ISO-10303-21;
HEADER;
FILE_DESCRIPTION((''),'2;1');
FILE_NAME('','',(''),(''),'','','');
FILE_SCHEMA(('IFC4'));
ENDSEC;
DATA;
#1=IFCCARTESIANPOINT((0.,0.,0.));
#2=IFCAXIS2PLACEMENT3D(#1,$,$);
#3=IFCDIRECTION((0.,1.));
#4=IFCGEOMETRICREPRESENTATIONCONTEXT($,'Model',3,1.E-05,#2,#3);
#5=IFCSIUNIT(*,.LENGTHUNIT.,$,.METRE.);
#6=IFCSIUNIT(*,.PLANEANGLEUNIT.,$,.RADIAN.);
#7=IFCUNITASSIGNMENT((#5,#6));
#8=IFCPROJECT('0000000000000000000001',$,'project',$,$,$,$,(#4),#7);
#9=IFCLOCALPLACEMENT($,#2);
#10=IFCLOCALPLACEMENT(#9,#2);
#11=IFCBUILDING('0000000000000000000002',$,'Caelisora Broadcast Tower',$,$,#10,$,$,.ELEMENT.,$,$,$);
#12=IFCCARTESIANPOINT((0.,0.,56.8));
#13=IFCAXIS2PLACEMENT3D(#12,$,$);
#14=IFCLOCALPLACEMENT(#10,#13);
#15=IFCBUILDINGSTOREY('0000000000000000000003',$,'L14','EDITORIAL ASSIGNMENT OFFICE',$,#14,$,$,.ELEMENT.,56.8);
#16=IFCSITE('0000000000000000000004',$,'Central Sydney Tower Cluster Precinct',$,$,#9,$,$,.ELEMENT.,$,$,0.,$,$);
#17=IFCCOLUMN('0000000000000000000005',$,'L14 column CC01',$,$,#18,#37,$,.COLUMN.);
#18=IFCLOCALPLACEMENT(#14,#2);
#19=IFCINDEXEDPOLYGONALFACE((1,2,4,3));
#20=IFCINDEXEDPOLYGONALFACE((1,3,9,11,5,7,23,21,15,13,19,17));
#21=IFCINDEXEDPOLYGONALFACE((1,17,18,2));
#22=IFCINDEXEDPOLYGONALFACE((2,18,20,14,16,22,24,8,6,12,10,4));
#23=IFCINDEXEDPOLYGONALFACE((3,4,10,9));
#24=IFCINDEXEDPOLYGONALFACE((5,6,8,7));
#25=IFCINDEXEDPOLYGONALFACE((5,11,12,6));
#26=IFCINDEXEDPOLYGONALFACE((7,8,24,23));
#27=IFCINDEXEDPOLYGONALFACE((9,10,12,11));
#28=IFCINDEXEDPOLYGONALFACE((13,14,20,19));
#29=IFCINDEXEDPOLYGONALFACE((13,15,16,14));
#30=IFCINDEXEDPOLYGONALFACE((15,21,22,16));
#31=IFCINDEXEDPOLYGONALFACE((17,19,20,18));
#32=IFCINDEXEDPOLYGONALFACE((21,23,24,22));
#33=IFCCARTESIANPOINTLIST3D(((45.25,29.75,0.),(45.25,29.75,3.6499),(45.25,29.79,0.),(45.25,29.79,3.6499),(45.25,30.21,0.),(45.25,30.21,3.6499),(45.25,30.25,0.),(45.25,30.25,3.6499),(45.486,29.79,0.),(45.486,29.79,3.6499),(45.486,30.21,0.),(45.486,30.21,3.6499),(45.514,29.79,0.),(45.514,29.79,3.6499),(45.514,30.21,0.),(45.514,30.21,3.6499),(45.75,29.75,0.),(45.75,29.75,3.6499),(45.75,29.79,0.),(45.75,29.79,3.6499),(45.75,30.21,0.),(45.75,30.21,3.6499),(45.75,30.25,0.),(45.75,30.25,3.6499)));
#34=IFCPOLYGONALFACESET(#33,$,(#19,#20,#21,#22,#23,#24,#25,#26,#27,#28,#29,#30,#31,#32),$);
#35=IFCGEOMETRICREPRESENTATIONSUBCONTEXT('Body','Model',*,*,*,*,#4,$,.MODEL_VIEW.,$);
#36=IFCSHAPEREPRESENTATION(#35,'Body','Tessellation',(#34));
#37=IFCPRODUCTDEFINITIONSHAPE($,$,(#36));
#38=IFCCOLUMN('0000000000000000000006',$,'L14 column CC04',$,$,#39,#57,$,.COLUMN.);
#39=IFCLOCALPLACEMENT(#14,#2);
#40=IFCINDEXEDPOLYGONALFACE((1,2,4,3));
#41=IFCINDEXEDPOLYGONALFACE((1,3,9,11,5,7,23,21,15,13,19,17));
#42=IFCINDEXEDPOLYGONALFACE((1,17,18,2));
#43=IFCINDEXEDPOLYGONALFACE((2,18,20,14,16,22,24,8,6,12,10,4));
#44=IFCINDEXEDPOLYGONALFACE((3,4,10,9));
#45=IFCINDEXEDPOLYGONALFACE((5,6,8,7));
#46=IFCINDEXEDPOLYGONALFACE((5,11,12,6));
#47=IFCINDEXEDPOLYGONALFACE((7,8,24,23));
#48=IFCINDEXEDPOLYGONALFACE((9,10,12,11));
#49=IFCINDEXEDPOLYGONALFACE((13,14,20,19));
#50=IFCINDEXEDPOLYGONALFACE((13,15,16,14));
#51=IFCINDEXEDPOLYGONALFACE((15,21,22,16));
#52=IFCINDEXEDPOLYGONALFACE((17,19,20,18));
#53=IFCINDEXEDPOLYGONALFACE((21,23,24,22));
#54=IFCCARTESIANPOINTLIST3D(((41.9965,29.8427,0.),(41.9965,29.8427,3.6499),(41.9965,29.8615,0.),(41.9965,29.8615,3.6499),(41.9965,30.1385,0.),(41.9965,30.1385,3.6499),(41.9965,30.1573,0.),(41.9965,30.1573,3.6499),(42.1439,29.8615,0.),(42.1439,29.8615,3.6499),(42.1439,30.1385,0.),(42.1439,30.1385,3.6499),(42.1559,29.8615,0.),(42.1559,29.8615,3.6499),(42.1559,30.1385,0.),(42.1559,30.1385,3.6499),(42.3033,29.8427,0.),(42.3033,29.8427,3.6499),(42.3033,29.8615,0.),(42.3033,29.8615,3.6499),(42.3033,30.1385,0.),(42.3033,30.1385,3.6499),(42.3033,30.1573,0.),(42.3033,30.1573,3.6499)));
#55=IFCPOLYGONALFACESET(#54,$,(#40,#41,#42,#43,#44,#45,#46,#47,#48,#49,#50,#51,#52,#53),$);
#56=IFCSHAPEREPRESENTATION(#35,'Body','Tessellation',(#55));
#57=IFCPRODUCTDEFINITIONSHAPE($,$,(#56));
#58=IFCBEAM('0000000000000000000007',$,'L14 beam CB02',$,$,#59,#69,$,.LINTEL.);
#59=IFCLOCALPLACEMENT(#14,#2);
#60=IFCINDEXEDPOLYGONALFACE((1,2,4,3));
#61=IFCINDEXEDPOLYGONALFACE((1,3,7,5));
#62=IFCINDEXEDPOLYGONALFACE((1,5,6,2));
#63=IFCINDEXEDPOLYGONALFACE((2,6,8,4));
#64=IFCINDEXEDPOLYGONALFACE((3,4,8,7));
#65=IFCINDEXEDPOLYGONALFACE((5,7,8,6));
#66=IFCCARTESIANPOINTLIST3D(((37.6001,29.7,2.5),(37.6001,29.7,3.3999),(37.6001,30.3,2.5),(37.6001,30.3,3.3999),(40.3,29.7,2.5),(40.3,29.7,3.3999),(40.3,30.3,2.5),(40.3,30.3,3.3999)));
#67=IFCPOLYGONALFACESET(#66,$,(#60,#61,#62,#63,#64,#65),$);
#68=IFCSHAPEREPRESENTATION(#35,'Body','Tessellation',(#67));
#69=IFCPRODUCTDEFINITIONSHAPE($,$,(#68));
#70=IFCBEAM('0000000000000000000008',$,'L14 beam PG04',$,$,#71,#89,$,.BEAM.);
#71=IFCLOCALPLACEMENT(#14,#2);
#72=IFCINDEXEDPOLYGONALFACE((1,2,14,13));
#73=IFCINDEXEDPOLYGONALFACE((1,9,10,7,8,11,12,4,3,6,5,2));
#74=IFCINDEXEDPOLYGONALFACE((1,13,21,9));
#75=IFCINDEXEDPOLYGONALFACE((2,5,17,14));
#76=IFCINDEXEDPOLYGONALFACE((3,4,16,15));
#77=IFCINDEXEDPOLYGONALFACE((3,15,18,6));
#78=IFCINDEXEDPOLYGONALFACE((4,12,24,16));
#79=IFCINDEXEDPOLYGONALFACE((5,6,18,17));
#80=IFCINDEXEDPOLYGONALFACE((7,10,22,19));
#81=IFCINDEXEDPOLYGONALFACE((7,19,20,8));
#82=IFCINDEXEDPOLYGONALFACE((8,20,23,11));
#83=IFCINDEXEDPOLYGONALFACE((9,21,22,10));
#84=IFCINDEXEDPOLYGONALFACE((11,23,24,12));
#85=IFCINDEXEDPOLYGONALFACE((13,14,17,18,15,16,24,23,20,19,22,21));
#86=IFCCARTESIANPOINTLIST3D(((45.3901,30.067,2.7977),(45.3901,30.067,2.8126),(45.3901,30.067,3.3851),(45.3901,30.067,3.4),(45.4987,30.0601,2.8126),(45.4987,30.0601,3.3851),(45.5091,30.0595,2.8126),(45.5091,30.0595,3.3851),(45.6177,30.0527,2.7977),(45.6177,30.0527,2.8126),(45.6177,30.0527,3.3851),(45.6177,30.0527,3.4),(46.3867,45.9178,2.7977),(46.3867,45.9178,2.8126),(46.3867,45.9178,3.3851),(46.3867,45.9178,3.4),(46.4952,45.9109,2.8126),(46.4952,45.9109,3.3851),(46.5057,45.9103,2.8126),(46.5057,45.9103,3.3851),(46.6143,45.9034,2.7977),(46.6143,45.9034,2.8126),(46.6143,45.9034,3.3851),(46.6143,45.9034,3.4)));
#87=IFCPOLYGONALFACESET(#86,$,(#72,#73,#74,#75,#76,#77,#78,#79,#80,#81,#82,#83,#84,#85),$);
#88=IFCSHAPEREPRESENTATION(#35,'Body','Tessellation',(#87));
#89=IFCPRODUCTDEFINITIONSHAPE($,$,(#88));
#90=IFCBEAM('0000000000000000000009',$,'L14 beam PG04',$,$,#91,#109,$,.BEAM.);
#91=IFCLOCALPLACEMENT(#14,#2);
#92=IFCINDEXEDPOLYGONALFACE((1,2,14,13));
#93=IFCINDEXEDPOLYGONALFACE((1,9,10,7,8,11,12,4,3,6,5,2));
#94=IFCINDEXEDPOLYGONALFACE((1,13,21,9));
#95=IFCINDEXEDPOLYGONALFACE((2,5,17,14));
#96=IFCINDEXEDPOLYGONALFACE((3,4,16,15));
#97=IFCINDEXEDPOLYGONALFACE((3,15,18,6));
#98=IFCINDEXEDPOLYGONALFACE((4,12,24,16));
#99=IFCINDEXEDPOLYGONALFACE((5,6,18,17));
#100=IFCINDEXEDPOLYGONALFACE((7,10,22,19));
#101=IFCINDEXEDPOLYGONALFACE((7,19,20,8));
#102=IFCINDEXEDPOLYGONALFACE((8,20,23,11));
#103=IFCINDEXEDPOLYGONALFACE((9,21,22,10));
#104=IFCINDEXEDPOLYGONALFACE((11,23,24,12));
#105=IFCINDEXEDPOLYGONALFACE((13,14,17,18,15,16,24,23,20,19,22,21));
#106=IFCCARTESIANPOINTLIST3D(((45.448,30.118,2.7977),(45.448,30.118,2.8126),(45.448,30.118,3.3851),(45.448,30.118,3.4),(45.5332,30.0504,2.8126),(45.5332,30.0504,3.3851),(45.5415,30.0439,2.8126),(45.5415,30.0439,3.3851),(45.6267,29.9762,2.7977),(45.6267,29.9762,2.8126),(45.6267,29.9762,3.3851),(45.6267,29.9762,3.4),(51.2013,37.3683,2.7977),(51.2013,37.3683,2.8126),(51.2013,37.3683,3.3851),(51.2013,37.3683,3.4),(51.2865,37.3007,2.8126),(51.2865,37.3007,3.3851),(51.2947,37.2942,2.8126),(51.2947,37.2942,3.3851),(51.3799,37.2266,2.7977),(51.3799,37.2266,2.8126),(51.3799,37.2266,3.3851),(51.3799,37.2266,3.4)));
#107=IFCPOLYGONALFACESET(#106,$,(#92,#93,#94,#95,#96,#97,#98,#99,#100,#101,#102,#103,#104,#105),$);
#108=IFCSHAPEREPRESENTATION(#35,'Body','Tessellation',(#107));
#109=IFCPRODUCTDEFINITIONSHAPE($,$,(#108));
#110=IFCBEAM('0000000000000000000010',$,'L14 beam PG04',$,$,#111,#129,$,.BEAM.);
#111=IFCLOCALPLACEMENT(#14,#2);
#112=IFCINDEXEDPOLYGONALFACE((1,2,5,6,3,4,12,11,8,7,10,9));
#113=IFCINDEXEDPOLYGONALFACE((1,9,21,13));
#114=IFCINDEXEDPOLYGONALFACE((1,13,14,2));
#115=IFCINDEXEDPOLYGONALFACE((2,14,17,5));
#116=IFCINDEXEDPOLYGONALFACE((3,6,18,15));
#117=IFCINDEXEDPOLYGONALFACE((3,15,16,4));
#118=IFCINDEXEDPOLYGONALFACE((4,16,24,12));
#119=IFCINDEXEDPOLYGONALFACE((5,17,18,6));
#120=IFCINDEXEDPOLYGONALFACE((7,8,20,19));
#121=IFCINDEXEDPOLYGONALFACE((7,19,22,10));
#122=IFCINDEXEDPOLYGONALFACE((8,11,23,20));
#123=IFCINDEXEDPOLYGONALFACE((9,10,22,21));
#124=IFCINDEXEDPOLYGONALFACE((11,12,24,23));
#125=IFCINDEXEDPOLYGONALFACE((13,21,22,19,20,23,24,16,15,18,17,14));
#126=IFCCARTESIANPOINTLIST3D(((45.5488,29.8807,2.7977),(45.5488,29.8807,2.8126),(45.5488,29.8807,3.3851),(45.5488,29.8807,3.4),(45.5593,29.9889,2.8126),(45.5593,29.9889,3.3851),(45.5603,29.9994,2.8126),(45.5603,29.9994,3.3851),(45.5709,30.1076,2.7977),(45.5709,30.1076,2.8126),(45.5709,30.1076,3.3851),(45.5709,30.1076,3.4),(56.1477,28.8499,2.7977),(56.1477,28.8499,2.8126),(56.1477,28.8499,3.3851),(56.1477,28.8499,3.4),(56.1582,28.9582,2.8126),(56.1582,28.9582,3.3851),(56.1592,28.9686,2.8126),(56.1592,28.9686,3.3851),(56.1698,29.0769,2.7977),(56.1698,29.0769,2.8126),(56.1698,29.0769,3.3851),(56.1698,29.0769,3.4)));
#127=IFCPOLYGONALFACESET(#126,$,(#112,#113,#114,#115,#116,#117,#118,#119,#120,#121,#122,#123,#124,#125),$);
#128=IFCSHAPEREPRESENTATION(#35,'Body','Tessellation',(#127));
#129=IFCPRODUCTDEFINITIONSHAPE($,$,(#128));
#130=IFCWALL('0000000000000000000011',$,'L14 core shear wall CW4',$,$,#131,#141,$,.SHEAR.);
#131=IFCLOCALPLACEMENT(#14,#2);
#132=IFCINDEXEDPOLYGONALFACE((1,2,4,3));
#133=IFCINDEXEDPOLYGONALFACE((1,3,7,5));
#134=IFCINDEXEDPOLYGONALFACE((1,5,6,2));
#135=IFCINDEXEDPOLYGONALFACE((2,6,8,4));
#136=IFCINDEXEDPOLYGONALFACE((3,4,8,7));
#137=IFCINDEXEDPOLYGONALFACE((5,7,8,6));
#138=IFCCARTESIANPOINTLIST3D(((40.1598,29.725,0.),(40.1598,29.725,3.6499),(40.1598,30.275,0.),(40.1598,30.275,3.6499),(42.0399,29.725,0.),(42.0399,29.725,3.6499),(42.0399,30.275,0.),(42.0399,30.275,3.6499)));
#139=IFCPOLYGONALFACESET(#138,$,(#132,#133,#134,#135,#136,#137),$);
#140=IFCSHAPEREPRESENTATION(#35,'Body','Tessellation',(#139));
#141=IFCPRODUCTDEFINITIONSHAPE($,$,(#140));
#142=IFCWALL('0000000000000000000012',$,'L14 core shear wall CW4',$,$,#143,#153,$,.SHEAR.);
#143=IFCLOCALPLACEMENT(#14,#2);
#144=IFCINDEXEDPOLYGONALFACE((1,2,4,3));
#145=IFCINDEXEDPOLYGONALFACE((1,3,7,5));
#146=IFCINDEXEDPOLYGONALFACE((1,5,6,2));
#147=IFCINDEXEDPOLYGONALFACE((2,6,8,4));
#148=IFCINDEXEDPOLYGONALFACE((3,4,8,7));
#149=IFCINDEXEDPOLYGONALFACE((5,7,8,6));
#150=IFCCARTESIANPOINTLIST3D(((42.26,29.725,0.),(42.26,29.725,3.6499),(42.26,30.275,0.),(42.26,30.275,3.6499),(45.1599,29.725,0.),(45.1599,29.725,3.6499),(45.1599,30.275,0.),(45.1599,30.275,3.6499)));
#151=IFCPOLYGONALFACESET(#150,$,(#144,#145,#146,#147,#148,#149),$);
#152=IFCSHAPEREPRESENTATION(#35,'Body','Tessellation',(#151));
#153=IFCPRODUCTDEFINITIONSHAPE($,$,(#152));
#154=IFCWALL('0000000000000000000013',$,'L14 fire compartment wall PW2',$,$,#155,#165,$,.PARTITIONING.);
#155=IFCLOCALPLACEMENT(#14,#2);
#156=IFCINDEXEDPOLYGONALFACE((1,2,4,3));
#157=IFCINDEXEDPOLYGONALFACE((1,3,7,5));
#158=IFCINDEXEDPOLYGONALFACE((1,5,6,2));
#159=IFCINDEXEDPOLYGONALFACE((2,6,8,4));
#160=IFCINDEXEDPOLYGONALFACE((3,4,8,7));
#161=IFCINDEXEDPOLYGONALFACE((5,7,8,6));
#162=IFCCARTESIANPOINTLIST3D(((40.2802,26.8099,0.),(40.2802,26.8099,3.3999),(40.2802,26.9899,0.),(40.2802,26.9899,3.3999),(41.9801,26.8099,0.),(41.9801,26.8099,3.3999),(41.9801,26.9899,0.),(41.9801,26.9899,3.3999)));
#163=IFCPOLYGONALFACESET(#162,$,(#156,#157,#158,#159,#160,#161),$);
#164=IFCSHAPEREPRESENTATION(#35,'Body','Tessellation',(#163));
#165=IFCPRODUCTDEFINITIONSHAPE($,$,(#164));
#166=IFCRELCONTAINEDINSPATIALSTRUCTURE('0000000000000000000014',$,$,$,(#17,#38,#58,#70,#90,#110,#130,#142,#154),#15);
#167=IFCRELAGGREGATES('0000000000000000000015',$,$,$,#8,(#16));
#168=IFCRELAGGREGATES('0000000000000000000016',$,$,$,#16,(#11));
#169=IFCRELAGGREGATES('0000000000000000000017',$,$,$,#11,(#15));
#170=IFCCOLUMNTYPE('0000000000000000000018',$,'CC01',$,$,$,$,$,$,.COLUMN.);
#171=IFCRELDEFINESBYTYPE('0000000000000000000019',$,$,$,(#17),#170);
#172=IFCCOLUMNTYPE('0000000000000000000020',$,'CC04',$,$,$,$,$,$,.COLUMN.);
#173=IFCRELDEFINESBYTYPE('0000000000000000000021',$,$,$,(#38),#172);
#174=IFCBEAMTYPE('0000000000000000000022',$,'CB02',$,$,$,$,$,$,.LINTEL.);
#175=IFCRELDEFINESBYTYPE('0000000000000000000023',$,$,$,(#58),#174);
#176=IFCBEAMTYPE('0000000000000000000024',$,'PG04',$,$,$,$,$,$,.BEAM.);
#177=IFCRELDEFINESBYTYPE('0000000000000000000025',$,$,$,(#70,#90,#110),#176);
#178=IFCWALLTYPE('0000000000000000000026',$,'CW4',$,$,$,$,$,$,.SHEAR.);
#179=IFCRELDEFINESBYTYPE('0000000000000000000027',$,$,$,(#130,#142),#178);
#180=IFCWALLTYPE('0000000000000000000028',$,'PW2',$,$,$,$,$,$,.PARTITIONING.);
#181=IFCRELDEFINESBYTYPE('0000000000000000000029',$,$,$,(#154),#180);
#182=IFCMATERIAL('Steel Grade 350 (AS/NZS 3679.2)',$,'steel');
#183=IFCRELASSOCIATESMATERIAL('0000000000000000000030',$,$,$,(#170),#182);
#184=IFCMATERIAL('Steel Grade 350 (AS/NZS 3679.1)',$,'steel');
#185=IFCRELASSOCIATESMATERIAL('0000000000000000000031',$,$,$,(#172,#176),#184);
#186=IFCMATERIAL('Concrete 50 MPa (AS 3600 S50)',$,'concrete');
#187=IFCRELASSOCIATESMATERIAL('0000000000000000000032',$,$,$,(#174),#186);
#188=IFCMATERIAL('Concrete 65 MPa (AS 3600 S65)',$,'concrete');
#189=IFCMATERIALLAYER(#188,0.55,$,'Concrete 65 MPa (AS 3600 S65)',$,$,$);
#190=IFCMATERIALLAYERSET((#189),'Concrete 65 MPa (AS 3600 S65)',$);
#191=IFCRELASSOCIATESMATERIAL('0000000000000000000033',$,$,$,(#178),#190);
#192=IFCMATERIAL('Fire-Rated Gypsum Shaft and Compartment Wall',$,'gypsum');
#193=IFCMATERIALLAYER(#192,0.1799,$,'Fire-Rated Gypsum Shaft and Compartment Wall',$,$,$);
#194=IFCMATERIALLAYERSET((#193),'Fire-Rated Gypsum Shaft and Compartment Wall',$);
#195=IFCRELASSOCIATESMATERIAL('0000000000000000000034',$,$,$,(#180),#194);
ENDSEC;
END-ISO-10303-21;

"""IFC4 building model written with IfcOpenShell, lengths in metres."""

from ifc_helpers import new_model, si_unit, direction, frame, frame_2d, origin, origin_2d, place, context, subcontext, project, spatial, rectangle, i_section, extrude, source, transform, mapped, material, layer, layer_set, material_profile, profile_set, type_object, type_shapes, element, save


model = new_model("IFC4")

# Units and contexts
model_context = context("Model", 3, precision=1e-05, world=origin(), true_north=direction((0.0, 1.0)))
body_context = subcontext(model_context, "Body", "Model", "MODEL_VIEW")
ifc_project = project(units=[si_unit("LENGTHUNIT", "METRE"), si_unit("PLANEANGLEUNIT", "RADIAN")], contexts=[model_context])

# Site, building, storey
site_placement = place(None, origin())
site = spatial("IfcSite", under=ifc_project, at=site_placement, Name="Central Sydney Tower Cluster Precinct", CompositionType="ELEMENT", RefElevation=0.0)
building_placement = place(site_placement, origin())
building = spatial("IfcBuilding", under=site, at=building_placement, Name="Caelisora Broadcast Tower", CompositionType="ELEMENT")
storey_placement = place(building_placement, frame((0.0, 0.0, 56.8)))
storey = spatial("IfcBuildingStorey", under=building, at=storey_placement, Name="L14", Description="EDITORIAL ASSIGNMENT OFFICE", CompositionType="ELEMENT", Elevation=56.8)

# Columns
ifc_material_1 = material(Name="Steel Grade 350 (AS/NZS 3679.2)", Category="steel")
ifc_material_profile_1 = material_profile(ifc_material_1, i_section(OverallWidth=0.5, OverallDepth=0.5, WebThickness=0.0281, FlangeThickness=0.04, at=origin_2d()), Name="Steel Grade 350 (AS/NZS 3679.2)")
ifc_profile_set_1 = profile_set([ifc_material_profile_1], Name="Steel Grade 350 (AS/NZS 3679.2)")
column_type_1 = type_object("IfcColumnType", Name="CC01", PredefinedType="COLUMN", material=ifc_profile_set_1)
shared_shape_1 = source(origin(), body_context, "Body", "SweptSolid", [
    extrude(i_section(OverallWidth=0.5, OverallDepth=0.5, WebThickness=0.0281, FlangeThickness=0.04, at=origin_2d()), origin(), (0.0, 0.0, 1.0), 3.6499),
])
type_shapes(column_type_1, [shared_shape_1])
column_1_placement = place(storey_placement, frame((45.5, 30.0, 0.0), z_axis=(0.0, 0.0, 1.0), x_axis=(1.0, 0.0, 0.0)))
element("IfcColumn", 1, at=column_1_placement, inside=storey, type_object=column_type_1, Name="L14 column CC01", PredefinedType="COLUMN", context=body_context, shape_type="MappedRepresentation", body=[
    mapped(shared_shape_1, transform((0.0, 0.0, 0.0), scale=1.0)),
])
ifc_material_2 = material(Name="Steel Grade 350 (AS/NZS 3679.1)", Category="steel")
ifc_material_profile_2 = material_profile(ifc_material_2, i_section(OverallWidth=0.3069, OverallDepth=0.3147, WebThickness=0.012, FlangeThickness=0.0188, at=origin_2d()), Name="Steel Grade 350 (AS/NZS 3679.1)")
ifc_profile_set_2 = profile_set([ifc_material_profile_2], Name="Steel Grade 350 (AS/NZS 3679.1)")
column_type_2 = type_object("IfcColumnType", Name="CC04", PredefinedType="COLUMN", material=ifc_profile_set_2)
shared_shape_2 = source(origin(), body_context, "Body", "SweptSolid", [
    extrude(i_section(OverallWidth=0.3069, OverallDepth=0.3147, WebThickness=0.012, FlangeThickness=0.0188, at=origin_2d()), origin(), (0.0, 0.0, 1.0), 3.6499),
])
type_shapes(column_type_2, [shared_shape_2])
column_2_placement = place(storey_placement, frame((42.1499, 30.0, 0.0), z_axis=(0.0, 0.0, 1.0), x_axis=(1.0, 0.0, 0.0)))
element("IfcColumn", 2, at=column_2_placement, inside=storey, type_object=column_type_2, Name="L14 column CC04", PredefinedType="COLUMN", context=body_context, shape_type="MappedRepresentation", body=[
    mapped(shared_shape_2, transform((0.0, 0.0, 0.0), scale=1.0)),
])

# Beams
ifc_material_3 = material(Name="Concrete 50 MPa (AS 3600 S50)", Category="concrete")
ifc_material_profile_3 = material_profile(ifc_material_3, rectangle(XDim=0.6001, YDim=0.8999, at=origin_2d()), Name="Concrete 50 MPa (AS 3600 S50)")
ifc_profile_set_3 = profile_set([ifc_material_profile_3], Name="Concrete 50 MPa (AS 3600 S50)")
beam_type_1 = type_object("IfcBeamType", Name="CB02", PredefinedType="LINTEL", material=ifc_profile_set_3)
shared_shape_3 = source(origin(), body_context, "Body", "SweptSolid", [
    extrude(rectangle(XDim=0.6001, YDim=0.8999, at=origin_2d()), origin(), (0.0, 0.0, 1.0), 2.7),
])
type_shapes(beam_type_1, [shared_shape_3])
beam_1_placement = place(storey_placement, frame((37.6001, 30.0, 2.95), z_axis=(1.0, 0.0, 0.0), x_axis=(0.0, 1.0, 0.0)))
element("IfcBeam", 3, at=beam_1_placement, inside=storey, type_object=beam_type_1, Name="L14 beam CB02", PredefinedType="LINTEL", context=body_context, shape_type="MappedRepresentation", body=[
    mapped(shared_shape_3, transform((0.0, 0.0, 0.0), scale=1.0)),
])
ifc_material_profile_4 = material_profile(ifc_material_2, i_section(OverallWidth=0.228, OverallDepth=0.6023, WebThickness=0.0105, FlangeThickness=0.0149, at=origin_2d()), Name="Steel Grade 350 (AS/NZS 3679.1)")
ifc_profile_set_4 = profile_set([ifc_material_profile_4], Name="Steel Grade 350 (AS/NZS 3679.1)")
beam_type_2 = type_object("IfcBeamType", Name="PG04", PredefinedType="BEAM", material=ifc_profile_set_4)
shared_shape_4 = source(origin(), body_context, "Body", "SweptSolid", [
    extrude(i_section(OverallWidth=0.228, OverallDepth=0.6023, WebThickness=0.0105, FlangeThickness=0.0149, at=origin_2d()), origin(), (0.0, 0.0, 1.0), 15.8821),
])
beam_2_placement = place(storey_placement, frame((45.5039, 30.0598, 3.0989), z_axis=(0.062749, 0.998029, 0.0), x_axis=(-0.998029, 0.062749, 0.0)))
element("IfcBeam", 4, at=beam_2_placement, inside=storey, type_object=beam_type_2, Name="L14 beam PG04", PredefinedType="BEAM", context=body_context, shape_type="MappedRepresentation", body=[
    mapped(shared_shape_4, transform((0.0, 0.0, 0.0), scale=1.0)),
])
shared_shape_5 = source(origin(), body_context, "Body", "SweptSolid", [
    extrude(i_section(OverallWidth=0.228, OverallDepth=0.6023, WebThickness=0.0105, FlangeThickness=0.0149, at=origin_2d()), origin(), (0.0, 0.0, 1.0), 9.2556),
])
beam_3_placement = place(storey_placement, frame((45.5374, 30.0471, 3.0989), z_axis=(0.621592, 0.783341, 0.0), x_axis=(-0.783341, 0.621592, 0.0)))
element("IfcBeam", 5, at=beam_3_placement, inside=storey, type_object=beam_type_2, Name="L14 beam PG04", PredefinedType="BEAM", context=body_context, shape_type="MappedRepresentation", body=[
    mapped(shared_shape_5, transform((0.0, 0.0, 0.0), scale=1.0)),
])
shared_shape_6 = source(origin(), body_context, "Body", "SweptSolid", [
    extrude(i_section(OverallWidth=0.228, OverallDepth=0.6023, WebThickness=0.0105, FlangeThickness=0.0149, at=origin_2d()), origin(), (0.0, 0.0, 1.0), 10.6489),
])
type_shapes(beam_type_2, [shared_shape_4, shared_shape_5, shared_shape_6])
beam_4_placement = place(storey_placement, frame((45.5598, 29.9941, 3.0989), z_axis=(0.995304, -0.096795, 0.0), x_axis=(0.096795, 0.995304, 0.0)))
element("IfcBeam", 6, at=beam_4_placement, inside=storey, type_object=beam_type_2, Name="L14 beam PG04", PredefinedType="BEAM", context=body_context, shape_type="MappedRepresentation", body=[
    mapped(shared_shape_6, transform((0.0, 0.0, 0.0), scale=1.0)),
])

# Walls
ifc_material_4 = material(Name="Concrete 65 MPa (AS 3600 S65)", Category="concrete")
ifc_layer_1 = layer(ifc_material_4, 0.55, Name="Concrete 65 MPa (AS 3600 S65)")
ifc_layer_set_1 = layer_set([ifc_layer_1], Name="Concrete 65 MPa (AS 3600 S65)")
wall_type_1 = type_object("IfcWallType", Name="CW4", PredefinedType="SHEAR", material=ifc_layer_set_1)
wall_1_placement = place(storey_placement, frame((40.1599, 30.0, 0.0), z_axis=(0.0, 0.0, 1.0), x_axis=(1.0, 0.0, 0.0)))
element("IfcWall", 7, at=wall_1_placement, inside=storey, type_object=wall_type_1, Name="L14 core shear wall CW4", PredefinedType="SHEAR", context=body_context, shape_type="SweptSolid", body=[
    extrude(rectangle(XDim=1.8801, YDim=0.55, at=frame_2d((0.9399, 0.0))), origin(), (0.0, 0.0, 1.0), 3.6499),
])
wall_2_placement = place(storey_placement, frame((42.26, 30.0, 0.0), z_axis=(0.0, 0.0, 1.0), x_axis=(1.0, 0.0, 0.0)))
element("IfcWall", 8, at=wall_2_placement, inside=storey, type_object=wall_type_1, Name="L14 core shear wall CW4", PredefinedType="SHEAR", context=body_context, shape_type="SweptSolid", body=[
    extrude(rectangle(XDim=2.8999, YDim=0.55, at=frame_2d((1.45, 0.0))), origin(), (0.0, 0.0, 1.0), 3.6499),
])
ifc_material_5 = material(Name="Fire-Rated Gypsum Shaft and Compartment Wall", Category="gypsum")
ifc_layer_2 = layer(ifc_material_5, 0.1799, Name="Fire-Rated Gypsum Shaft and Compartment Wall")
ifc_layer_set_2 = layer_set([ifc_layer_2], Name="Fire-Rated Gypsum Shaft and Compartment Wall")
wall_type_2 = type_object("IfcWallType", Name="PW2", PredefinedType="PARTITIONING", material=ifc_layer_set_2)
wall_3_placement = place(storey_placement, frame((40.28, 26.8999, 0.0), z_axis=(0.0, 0.0, 1.0), x_axis=(1.0, 0.0, 0.0)))
element("IfcWall", 9, at=wall_3_placement, inside=storey, type_object=wall_type_2, Name="L14 fire compartment wall PW2", PredefinedType="PARTITIONING", context=body_context, shape_type="SweptSolid", body=[
    extrude(rectangle(XDim=1.7, YDim=0.1799, at=frame_2d((0.8501, 0.0))), origin(), (0.0, 0.0, 1.0), 3.3999),
])

save(model, "model.ifc")
